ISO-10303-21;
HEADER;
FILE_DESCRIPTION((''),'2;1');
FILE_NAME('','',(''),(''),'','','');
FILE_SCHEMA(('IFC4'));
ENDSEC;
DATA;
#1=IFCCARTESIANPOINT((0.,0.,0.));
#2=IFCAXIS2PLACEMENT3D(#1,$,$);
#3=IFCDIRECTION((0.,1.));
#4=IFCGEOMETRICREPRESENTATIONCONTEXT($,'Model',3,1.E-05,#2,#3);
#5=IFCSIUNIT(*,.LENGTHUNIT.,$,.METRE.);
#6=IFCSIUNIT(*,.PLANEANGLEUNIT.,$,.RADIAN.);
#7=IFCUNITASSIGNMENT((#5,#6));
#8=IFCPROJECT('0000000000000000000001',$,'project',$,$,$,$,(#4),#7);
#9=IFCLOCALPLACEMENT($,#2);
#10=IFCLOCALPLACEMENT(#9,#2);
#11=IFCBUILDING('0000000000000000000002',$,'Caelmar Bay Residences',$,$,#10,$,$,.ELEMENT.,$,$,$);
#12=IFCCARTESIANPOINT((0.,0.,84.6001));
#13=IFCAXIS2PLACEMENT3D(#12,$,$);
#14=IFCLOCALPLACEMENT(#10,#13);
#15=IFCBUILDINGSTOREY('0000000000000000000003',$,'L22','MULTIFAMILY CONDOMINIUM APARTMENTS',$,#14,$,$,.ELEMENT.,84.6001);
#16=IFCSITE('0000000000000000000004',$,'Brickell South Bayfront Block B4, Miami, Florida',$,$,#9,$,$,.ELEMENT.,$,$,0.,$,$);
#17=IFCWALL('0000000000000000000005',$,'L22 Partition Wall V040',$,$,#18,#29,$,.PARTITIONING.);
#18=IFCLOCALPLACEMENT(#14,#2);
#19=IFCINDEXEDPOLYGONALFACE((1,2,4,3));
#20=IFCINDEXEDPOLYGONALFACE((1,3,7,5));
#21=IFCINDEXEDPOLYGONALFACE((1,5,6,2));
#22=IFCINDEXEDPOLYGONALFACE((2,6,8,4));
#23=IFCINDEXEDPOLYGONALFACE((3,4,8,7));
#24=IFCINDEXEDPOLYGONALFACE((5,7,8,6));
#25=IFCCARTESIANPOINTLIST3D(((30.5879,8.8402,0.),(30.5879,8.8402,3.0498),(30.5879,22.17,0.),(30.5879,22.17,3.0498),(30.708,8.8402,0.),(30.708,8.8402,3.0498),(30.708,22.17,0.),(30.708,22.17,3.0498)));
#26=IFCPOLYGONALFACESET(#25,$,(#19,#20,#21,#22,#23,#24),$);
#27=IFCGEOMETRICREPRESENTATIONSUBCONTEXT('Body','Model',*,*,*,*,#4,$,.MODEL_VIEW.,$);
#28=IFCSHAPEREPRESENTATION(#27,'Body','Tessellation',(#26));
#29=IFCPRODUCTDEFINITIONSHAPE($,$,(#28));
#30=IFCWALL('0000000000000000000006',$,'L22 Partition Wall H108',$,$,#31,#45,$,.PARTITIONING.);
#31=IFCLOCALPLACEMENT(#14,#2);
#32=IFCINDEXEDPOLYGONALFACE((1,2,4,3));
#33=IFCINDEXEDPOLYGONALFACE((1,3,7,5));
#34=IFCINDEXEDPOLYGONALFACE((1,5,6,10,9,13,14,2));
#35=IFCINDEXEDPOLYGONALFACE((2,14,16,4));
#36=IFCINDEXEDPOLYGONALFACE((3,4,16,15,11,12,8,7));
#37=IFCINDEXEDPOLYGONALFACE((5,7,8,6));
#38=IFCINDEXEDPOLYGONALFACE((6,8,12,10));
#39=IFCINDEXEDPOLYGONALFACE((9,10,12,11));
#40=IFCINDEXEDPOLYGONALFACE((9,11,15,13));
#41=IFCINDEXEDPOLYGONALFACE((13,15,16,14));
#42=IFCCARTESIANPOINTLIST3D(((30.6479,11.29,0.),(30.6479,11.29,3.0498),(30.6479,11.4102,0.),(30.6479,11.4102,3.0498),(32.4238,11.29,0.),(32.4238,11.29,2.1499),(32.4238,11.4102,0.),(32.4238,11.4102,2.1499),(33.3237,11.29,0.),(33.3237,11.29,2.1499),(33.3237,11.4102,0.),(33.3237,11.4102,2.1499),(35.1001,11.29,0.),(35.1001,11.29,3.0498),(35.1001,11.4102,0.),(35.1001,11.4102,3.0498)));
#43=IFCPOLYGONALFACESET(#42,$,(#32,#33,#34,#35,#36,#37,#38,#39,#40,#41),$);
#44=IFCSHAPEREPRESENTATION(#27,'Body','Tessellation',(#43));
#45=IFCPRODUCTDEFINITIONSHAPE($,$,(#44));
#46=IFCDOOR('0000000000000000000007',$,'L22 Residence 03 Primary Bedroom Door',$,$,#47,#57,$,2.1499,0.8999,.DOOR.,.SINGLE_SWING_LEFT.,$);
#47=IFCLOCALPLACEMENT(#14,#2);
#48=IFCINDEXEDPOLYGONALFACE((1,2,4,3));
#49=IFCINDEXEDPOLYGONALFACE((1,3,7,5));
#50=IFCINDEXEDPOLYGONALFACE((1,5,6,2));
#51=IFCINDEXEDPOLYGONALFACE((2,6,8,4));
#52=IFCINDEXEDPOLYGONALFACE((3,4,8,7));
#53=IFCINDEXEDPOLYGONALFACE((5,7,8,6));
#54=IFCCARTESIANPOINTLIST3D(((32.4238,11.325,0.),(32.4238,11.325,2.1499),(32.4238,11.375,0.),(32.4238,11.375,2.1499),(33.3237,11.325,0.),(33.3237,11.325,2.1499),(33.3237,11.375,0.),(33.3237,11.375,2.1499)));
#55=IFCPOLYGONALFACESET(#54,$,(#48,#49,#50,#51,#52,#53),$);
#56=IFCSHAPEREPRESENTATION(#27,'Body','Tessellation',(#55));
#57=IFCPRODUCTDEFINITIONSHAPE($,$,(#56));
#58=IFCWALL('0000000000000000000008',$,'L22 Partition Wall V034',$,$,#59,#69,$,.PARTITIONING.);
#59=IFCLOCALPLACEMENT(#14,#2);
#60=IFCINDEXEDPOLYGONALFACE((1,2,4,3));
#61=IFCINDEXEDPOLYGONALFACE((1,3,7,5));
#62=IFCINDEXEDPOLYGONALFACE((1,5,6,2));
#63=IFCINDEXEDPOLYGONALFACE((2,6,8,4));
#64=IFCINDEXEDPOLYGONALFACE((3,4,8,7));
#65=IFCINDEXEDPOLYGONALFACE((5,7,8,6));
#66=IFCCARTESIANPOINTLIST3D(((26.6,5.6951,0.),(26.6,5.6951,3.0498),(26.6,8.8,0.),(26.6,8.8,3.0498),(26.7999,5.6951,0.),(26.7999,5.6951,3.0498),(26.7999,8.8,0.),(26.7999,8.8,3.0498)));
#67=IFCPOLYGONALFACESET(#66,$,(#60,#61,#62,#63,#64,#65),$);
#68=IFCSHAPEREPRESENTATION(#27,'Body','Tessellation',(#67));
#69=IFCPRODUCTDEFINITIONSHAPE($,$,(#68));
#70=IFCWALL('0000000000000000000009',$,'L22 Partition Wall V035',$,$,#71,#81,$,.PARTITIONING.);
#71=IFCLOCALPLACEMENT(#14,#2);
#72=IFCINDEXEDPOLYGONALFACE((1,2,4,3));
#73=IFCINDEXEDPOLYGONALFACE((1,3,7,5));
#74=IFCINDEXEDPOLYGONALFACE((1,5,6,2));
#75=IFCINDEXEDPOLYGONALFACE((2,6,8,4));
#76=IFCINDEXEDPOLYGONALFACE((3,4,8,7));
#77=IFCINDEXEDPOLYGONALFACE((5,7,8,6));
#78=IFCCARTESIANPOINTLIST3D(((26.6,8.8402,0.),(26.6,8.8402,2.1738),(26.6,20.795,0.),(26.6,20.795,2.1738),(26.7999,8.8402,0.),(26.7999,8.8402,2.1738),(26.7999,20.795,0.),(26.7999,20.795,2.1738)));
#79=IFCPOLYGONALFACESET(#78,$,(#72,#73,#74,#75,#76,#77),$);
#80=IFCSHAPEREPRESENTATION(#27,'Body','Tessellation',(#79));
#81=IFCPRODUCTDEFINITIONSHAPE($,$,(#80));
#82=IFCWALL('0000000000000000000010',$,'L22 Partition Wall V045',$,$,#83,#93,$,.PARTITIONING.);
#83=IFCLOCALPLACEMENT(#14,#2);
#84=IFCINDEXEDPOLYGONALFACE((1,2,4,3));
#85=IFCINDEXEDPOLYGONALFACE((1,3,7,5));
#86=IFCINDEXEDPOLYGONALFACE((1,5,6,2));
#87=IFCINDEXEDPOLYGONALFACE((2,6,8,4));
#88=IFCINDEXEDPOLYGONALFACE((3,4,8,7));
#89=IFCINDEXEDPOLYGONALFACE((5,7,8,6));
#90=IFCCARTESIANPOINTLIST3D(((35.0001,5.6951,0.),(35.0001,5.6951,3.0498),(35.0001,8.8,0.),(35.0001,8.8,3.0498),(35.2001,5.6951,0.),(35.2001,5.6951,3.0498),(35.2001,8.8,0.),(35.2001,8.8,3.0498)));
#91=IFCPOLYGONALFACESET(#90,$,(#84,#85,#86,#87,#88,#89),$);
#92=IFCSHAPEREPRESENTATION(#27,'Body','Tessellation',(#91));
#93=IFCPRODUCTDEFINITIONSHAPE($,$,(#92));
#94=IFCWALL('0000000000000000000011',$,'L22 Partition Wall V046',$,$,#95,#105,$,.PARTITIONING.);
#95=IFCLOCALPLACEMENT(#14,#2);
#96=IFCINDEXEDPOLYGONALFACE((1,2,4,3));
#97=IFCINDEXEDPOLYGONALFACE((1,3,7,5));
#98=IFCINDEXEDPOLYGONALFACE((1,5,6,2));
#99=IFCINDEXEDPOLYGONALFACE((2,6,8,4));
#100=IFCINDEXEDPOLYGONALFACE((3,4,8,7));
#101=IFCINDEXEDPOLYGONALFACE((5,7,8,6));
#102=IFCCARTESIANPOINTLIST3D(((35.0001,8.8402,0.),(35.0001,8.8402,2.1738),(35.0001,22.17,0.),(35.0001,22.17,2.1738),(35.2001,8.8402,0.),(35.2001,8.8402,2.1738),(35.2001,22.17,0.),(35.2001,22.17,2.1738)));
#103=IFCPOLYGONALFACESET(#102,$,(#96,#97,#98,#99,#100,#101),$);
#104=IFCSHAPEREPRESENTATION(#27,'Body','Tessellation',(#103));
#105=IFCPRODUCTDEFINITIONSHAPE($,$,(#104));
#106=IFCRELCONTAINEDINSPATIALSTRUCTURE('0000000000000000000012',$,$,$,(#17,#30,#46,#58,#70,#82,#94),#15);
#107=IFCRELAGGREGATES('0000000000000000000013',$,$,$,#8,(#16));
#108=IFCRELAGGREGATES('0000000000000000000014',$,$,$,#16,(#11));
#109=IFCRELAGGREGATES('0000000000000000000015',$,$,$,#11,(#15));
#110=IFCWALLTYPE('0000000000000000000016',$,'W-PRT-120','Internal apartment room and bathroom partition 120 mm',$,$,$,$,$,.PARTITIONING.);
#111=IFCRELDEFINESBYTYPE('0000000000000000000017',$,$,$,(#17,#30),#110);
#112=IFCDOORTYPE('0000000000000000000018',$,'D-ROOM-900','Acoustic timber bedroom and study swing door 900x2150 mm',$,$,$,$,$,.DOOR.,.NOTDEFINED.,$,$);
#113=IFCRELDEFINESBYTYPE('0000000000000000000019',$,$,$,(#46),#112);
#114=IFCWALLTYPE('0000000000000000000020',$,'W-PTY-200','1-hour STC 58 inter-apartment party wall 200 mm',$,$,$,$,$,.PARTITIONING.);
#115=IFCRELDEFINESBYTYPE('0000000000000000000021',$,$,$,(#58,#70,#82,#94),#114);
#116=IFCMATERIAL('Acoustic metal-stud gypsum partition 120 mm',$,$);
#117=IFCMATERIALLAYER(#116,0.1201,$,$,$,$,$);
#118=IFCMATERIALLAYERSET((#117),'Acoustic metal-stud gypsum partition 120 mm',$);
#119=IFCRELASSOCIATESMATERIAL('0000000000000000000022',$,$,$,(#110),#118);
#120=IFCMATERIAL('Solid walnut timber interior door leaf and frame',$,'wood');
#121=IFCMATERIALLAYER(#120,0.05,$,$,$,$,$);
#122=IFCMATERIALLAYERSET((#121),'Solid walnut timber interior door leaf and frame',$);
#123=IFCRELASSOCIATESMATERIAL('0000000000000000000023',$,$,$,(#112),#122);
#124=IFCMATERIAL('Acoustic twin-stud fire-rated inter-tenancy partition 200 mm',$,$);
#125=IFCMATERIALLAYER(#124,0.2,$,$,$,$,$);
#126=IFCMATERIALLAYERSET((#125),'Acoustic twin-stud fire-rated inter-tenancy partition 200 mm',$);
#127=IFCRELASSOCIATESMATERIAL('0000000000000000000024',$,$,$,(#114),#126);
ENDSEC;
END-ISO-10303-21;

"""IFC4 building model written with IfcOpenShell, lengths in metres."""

from ifc_helpers import new_model, si_unit, direction, frame, frame_2d, origin, place, context, subcontext, project, spatial, rectangle, extrude, material, layer, layer_set, type_object, element, fill, save


model = new_model("IFC4")

# Units and contexts
model_context = context("Model", 3, precision=1e-05, world=origin(), true_north=direction((0.0, 1.0)))
body_context = subcontext(model_context, "Body", "Model", "MODEL_VIEW")
ifc_project = project(units=[si_unit("LENGTHUNIT", "METRE"), si_unit("PLANEANGLEUNIT", "RADIAN")], contexts=[model_context])

# Site, building, storey
site_placement = place(None, origin())
site = spatial("IfcSite", under=ifc_project, at=site_placement, Name="Brickell South Bayfront Block B4, Miami, Florida", CompositionType="ELEMENT", RefElevation=0.0)
building_placement = place(site_placement, origin())
building = spatial("IfcBuilding", under=site, at=building_placement, Name="Caelmar Bay Residences", CompositionType="ELEMENT")
storey_placement = place(building_placement, frame((0.0, 0.0, 84.6001)))
storey = spatial("IfcBuildingStorey", under=building, at=storey_placement, Name="L22", Description="MULTIFAMILY CONDOMINIUM APARTMENTS", CompositionType="ELEMENT", Elevation=84.6001)

# Wall
ifc_material_1 = material(Name="Acoustic metal-stud gypsum partition 120 mm")
ifc_layer_1 = layer(ifc_material_1, 0.1201)
ifc_layer_set_1 = layer_set([ifc_layer_1], Name="Acoustic metal-stud gypsum partition 120 mm")
wall_type_1 = type_object("IfcWallType", Name="W-PRT-120", Description="Internal apartment room and bathroom partition 120 mm", PredefinedType="PARTITIONING", material=ifc_layer_set_1)
wall_1_placement = place(storey_placement, frame((30.6479, 8.8401, 0.0), z_axis=(0.0, 0.0, 1.0), x_axis=(0.0, 1.0, 0.0)))
element("IfcWall", 1, at=wall_1_placement, inside=storey, type_object=wall_type_1, Name="L22 Partition Wall V040", PredefinedType="PARTITIONING", context=body_context, shape_type="SweptSolid", body=[
    extrude(rectangle(XDim=13.3298, YDim=0.1201, at=frame_2d((6.665, 0.0))), origin(), (0.0, 0.0, 1.0), 3.0498),
])

# Wall, opening, door
ifc_material_2 = material(Name="Solid walnut timber interior door leaf and frame", Category="wood")
ifc_layer_2 = layer(ifc_material_2, 0.05)
ifc_layer_set_2 = layer_set([ifc_layer_2], Name="Solid walnut timber interior door leaf and frame")
door_type = type_object("IfcDoorType", Name="D-ROOM-900", Description="Acoustic timber bedroom and study swing door 900x2150 mm", OperationType="NOTDEFINED", PredefinedType="DOOR", material=ifc_layer_set_2)
wall_2_placement = place(storey_placement, frame((30.6479, 11.3501, 0.0), z_axis=(0.0, 0.0, 1.0), x_axis=(1.0, 0.0, 0.0)))
wall_2 = element("IfcWall", 2, at=wall_2_placement, inside=storey, type_object=wall_type_1, Name="L22 Partition Wall H108", PredefinedType="PARTITIONING", context=body_context, shape_type="SweptSolid", body=[
    extrude(rectangle(XDim=4.4521, YDim=0.1201, at=frame_2d((2.2261, 0.0))), origin(), (0.0, 0.0, 1.0), 3.0498),
])
opening_1_placement = place(wall_2_placement, frame((1.7759, 0.0, 0.0)))
opening_1 = element("IfcOpeningElement", 3, at=opening_1_placement, cuts=wall_2, PredefinedType="OPENING", context=body_context, shape_type="SweptSolid", body=[
    extrude(rectangle(XDim=0.8999, YDim=2.1499, at=frame_2d((0.45, 1.075))), frame((0.0, 0.0701, 0.0), z_axis=(0.0, -1.0, 0.0), x_axis=(1.0, 0.0, 0.0)), (0.0, 0.0, 1.0), 0.1401),
])
door_1_placement = place(opening_1_placement, origin())
door_1 = element("IfcDoor", 4, at=door_1_placement, inside=storey, type_object=door_type, Name="L22 Residence 03 Primary Bedroom Door", OperationType="SINGLE_SWING_LEFT", OverallHeight=2.1499, OverallWidth=0.8999, PredefinedType="DOOR", context=body_context, shape_type="SweptSolid", body=[
    extrude(rectangle(XDim=0.8999, YDim=2.1499, at=frame_2d((0.45, 1.075))), frame((0.0, 0.0249, 0.0), z_axis=(0.0, -1.0, 0.0), x_axis=(1.0, 0.0, 0.0)), (0.0, 0.0, 1.0), 0.05),
])
fill(opening_1, door_1)

# Walls
ifc_material_3 = material(Name="Acoustic twin-stud fire-rated inter-tenancy partition 200 mm")
ifc_layer_3 = layer(ifc_material_3, 0.2)
ifc_layer_set_3 = layer_set([ifc_layer_3], Name="Acoustic twin-stud fire-rated inter-tenancy partition 200 mm")
wall_type_2 = type_object("IfcWallType", Name="W-PTY-200", Description="1-hour STC 58 inter-apartment party wall 200 mm", PredefinedType="PARTITIONING", material=ifc_layer_set_3)
wall_3_placement = place(storey_placement, frame((26.7, 5.6951, 0.0), z_axis=(0.0, 0.0, 1.0), x_axis=(0.0, 1.0, 0.0)))
element("IfcWall", 5, at=wall_3_placement, inside=storey, type_object=wall_type_2, Name="L22 Partition Wall V034", PredefinedType="PARTITIONING", context=body_context, shape_type="SweptSolid", body=[
    extrude(rectangle(XDim=3.105, YDim=0.2, at=frame_2d((1.5525, 0.0))), origin(), (0.0, 0.0, 1.0), 3.0498),
])
wall_4_placement = place(storey_placement, frame((26.7, 8.8401, 0.0), z_axis=(0.0, 0.0, 1.0), x_axis=(0.0, 1.0, 0.0)))
element("IfcWall", 6, at=wall_4_placement, inside=storey, type_object=wall_type_2, Name="L22 Partition Wall V035", PredefinedType="PARTITIONING", context=body_context, shape_type="SweptSolid", body=[
    extrude(rectangle(XDim=11.9548, YDim=0.2, at=frame_2d((5.9775, 0.0))), origin(), (0.0, 0.0, 1.0), 2.1738),
])
wall_5_placement = place(storey_placement, frame((35.1001, 5.6951, 0.0), z_axis=(0.0, 0.0, 1.0), x_axis=(0.0, 1.0, 0.0)))
element("IfcWall", 7, at=wall_5_placement, inside=storey, type_object=wall_type_2, Name="L22 Partition Wall V045", PredefinedType="PARTITIONING", context=body_context, shape_type="SweptSolid", body=[
    extrude(rectangle(XDim=3.105, YDim=0.2, at=frame_2d((1.5525, 0.0))), origin(), (0.0, 0.0, 1.0), 3.0498),
])
wall_6_placement = place(storey_placement, frame((35.1001, 8.8401, 0.0), z_axis=(0.0, 0.0, 1.0), x_axis=(0.0, 1.0, 0.0)))
element("IfcWall", 8, at=wall_6_placement, inside=storey, type_object=wall_type_2, Name="L22 Partition Wall V046", PredefinedType="PARTITIONING", context=body_context, shape_type="SweptSolid", body=[
    extrude(rectangle(XDim=13.3298, YDim=0.2, at=frame_2d((6.665, 0.0))), origin(), (0.0, 0.0, 1.0), 2.1738),
])

save(model, "model.ifc")
